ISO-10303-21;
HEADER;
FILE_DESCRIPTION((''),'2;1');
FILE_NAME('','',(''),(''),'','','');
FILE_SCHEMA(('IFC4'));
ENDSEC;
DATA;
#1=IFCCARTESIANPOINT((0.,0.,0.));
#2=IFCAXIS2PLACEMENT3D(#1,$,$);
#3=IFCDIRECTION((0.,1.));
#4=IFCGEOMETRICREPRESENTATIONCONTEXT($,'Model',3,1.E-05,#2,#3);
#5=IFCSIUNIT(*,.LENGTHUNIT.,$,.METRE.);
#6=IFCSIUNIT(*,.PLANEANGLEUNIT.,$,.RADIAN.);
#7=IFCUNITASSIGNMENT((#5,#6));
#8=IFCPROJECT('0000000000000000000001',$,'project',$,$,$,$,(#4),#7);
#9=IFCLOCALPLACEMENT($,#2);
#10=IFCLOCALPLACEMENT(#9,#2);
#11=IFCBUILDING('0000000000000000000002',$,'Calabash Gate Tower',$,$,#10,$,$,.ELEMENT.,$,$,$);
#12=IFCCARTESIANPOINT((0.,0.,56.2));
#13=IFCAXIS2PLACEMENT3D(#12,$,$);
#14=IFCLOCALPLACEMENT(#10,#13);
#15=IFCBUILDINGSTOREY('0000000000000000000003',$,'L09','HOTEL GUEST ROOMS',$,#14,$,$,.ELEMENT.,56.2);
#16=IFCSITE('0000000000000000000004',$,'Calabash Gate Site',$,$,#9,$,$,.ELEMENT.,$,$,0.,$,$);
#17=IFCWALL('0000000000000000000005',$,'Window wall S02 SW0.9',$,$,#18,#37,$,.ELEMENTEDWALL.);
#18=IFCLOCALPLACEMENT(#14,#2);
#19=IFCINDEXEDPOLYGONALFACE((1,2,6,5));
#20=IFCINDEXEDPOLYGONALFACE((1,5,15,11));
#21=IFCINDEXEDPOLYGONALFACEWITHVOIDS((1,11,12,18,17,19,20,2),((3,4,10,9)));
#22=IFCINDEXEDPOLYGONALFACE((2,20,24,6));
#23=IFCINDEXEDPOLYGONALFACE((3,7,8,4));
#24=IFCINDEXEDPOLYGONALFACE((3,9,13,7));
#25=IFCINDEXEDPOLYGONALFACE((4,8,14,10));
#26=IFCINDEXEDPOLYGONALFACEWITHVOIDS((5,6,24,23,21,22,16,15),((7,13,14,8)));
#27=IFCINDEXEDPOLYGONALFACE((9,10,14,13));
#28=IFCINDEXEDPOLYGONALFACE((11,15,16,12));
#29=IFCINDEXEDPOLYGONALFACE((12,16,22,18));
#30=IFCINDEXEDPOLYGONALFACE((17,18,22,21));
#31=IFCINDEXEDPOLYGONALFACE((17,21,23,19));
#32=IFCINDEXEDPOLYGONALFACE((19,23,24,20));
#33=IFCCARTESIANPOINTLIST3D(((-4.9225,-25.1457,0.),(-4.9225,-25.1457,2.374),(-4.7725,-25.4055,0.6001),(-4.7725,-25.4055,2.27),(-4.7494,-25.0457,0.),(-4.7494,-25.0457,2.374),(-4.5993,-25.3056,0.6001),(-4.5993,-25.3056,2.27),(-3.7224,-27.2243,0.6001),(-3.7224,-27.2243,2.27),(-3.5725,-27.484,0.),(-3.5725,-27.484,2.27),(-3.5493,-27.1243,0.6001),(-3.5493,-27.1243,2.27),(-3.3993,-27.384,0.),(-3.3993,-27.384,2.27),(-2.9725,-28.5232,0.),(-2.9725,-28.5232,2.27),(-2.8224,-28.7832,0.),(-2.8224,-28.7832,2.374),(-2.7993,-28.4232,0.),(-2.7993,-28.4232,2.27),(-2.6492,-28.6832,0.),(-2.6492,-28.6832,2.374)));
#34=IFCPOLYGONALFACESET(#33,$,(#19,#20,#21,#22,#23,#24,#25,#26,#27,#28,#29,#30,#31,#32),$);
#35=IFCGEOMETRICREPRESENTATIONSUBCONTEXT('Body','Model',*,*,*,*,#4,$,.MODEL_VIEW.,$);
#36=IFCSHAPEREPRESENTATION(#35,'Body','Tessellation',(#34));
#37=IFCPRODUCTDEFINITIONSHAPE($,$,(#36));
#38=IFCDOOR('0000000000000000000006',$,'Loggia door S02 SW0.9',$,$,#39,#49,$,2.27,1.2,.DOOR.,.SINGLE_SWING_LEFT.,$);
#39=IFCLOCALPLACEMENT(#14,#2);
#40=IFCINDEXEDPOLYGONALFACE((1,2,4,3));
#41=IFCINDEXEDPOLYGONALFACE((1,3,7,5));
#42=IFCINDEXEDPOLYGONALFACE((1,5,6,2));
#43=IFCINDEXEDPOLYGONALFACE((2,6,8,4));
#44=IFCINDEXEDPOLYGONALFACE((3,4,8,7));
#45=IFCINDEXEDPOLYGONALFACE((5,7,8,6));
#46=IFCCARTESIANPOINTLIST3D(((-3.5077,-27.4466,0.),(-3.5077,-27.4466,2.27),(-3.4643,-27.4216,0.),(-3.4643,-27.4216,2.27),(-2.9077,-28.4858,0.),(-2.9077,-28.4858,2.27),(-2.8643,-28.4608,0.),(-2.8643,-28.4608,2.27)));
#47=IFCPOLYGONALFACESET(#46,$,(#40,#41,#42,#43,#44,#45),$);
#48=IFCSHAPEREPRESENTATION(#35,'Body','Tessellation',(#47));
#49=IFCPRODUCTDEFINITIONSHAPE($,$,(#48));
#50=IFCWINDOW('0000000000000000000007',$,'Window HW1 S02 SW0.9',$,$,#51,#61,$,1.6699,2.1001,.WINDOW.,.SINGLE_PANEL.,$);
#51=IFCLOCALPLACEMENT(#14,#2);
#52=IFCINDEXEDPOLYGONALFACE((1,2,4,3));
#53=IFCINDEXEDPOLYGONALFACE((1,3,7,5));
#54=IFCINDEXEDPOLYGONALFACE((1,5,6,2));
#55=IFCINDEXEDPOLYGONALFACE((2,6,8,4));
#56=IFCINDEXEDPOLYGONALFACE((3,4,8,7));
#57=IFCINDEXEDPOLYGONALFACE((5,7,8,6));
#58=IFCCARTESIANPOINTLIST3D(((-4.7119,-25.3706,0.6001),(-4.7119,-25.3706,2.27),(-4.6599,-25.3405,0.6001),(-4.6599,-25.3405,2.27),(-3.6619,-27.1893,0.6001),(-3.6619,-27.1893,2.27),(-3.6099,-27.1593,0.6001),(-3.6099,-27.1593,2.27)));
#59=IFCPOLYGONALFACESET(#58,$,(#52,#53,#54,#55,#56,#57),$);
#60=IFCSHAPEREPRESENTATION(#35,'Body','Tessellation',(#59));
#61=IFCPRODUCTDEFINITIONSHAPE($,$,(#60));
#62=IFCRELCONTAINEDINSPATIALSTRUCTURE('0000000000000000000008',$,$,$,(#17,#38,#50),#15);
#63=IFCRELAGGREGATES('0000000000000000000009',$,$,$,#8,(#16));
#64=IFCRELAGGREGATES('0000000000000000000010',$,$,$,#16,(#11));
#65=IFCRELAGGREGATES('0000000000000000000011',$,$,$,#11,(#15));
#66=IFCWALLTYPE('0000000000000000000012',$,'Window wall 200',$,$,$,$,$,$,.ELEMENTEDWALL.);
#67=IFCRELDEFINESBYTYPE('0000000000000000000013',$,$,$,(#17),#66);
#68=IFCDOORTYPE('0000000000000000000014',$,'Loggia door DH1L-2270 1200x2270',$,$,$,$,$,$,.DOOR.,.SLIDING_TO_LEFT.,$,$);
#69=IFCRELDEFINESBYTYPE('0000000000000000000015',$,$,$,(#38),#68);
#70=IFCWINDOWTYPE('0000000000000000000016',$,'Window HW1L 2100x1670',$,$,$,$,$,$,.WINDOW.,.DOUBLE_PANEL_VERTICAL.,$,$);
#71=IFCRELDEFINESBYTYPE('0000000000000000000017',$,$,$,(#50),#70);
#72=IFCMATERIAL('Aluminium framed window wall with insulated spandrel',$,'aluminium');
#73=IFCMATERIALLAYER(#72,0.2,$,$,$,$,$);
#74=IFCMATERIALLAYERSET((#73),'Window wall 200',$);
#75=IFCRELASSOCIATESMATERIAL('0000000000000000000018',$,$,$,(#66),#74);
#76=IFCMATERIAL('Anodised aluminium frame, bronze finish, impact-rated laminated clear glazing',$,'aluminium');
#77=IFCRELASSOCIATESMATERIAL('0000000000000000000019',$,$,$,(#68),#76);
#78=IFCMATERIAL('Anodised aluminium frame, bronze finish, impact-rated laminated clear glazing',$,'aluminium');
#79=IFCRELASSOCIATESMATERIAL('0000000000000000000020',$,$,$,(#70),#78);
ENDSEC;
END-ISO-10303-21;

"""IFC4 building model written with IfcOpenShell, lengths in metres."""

from ifc_helpers import new_model, si_unit, direction, frame, frame_2d, origin, place, context, subcontext, project, spatial, rectangle, extrude, material, layer, layer_set, type_object, element, fill, save


model = new_model("IFC4")

# Units and contexts
model_context = context("Model", 3, precision=1e-05, world=origin(), true_north=direction((0.0, 1.0)))
body_context = subcontext(model_context, "Body", "Model", "MODEL_VIEW")
ifc_project = project(units=[si_unit("LENGTHUNIT", "METRE"), si_unit("PLANEANGLEUNIT", "RADIAN")], contexts=[model_context])

# Site, building, storey
site_placement = place(None, origin())
site = spatial("IfcSite", under=ifc_project, at=site_placement, Name="Calabash Gate Site", CompositionType="ELEMENT", RefElevation=0.0)
building_placement = place(site_placement, origin())
building = spatial("IfcBuilding", under=site, at=building_placement, Name="Calabash Gate Tower", CompositionType="ELEMENT")
storey_placement = place(building_placement, frame((0.0, 0.0, 56.2)))
storey = spatial("IfcBuildingStorey", under=building, at=storey_placement, Name="L09", Description="HOTEL GUEST ROOMS", CompositionType="ELEMENT", Elevation=56.2)

# Shared definitions
ifc_material_1 = material(Name="Aluminium framed window wall with insulated spandrel", Category="aluminium")
ifc_layer_1 = layer(ifc_material_1, 0.2)
ifc_layer_set_1 = layer_set([ifc_layer_1], Name="Window wall 200")
wall_type_1 = type_object("IfcWallType", Name="Window wall 200", PredefinedType="ELEMENTEDWALL", material=ifc_layer_set_1)

# Wall, openings, door, window
wall_1_placement = place(storey_placement, frame((-4.8359, -25.0957, 0.0), z_axis=(0.0, 0.0, 1.0), x_axis=(0.500003, -0.866024, 0.0)))
wall_1 = element("IfcWall", 1, at=wall_1_placement, inside=storey, type_object=wall_type_1, Name="Window wall S02 SW0.9", PredefinedType="ELEMENTEDWALL", context=body_context, shape_type="SweptSolid", body=[
    extrude(rectangle(XDim=4.2002, YDim=0.2, at=frame_2d((2.1001, 0.0))), origin(), (0.0, 0.0, 1.0), 2.374),
])
opening_1_placement = place(wall_1_placement, frame((0.3, 0.0, 0.6001)))
opening_1 = element("IfcOpeningElement", 2, at=opening_1_placement, cuts=wall_1, PredefinedType="OPENING", context=body_context, shape_type="SweptSolid", body=[
    extrude(rectangle(XDim=2.1001, YDim=1.6699, at=frame_2d((1.05, 0.835))), frame((0.0, 0.1099, 0.0), z_axis=(0.0, -1.0, 0.0), x_axis=(1.0, 0.0, 0.0)), (0.0, 0.0, 1.0), 0.22),
])
opening_2_placement = place(wall_1_placement, frame((2.7, 0.0, 0.0)))
opening_2 = element("IfcOpeningElement", 3, at=opening_2_placement, cuts=wall_1, PredefinedType="OPENING", context=body_context, shape_type="SweptSolid", body=[
    extrude(rectangle(XDim=1.2, YDim=2.27, at=frame_2d((0.6001, 1.135))), frame((0.0, 0.1099, 0.0), z_axis=(0.0, -1.0, 0.0), x_axis=(1.0, 0.0, 0.0)), (0.0, 0.0, 1.0), 0.22),
])
ifc_material_2 = material(Name="Anodised aluminium frame, bronze finish, impact-rated laminated clear glazing", Category="aluminium")
door_type = type_object("IfcDoorType", Name="Loggia door DH1L-2270 1200x2270", OperationType="SLIDING_TO_LEFT", PredefinedType="DOOR", material=ifc_material_2)
door_placement = place(opening_2_placement, origin())
door = element("IfcDoor", 4, at=door_placement, inside=storey, type_object=door_type, Name="Loggia door S02 SW0.9", OperationType="SINGLE_SWING_LEFT", OverallHeight=2.27, OverallWidth=1.2, PredefinedType="DOOR", context=body_context, shape_type="SweptSolid", body=[
    extrude(rectangle(XDim=1.2, YDim=2.27, at=frame_2d((0.6001, 1.135))), frame((0.0, 0.0249, 0.0), z_axis=(0.0, -1.0, 0.0), x_axis=(1.0, 0.0, 0.0)), (0.0, 0.0, 1.0), 0.05),
])
fill(opening_2, door)
ifc_material_3 = material(Name="Anodised aluminium frame, bronze finish, impact-rated laminated clear glazing", Category="aluminium")
window_type = type_object("IfcWindowType", Name="Window HW1L 2100x1670", PartitioningType="DOUBLE_PANEL_VERTICAL", PredefinedType="WINDOW", material=ifc_material_3)
window_placement = place(opening_1_placement, origin())
window = element("IfcWindow", 5, at=window_placement, inside=storey, type_object=window_type, Name="Window HW1 S02 SW0.9", OverallHeight=1.6699, OverallWidth=2.1001, PartitioningType="SINGLE_PANEL", PredefinedType="WINDOW", context=body_context, shape_type="SweptSolid", body=[
    extrude(rectangle(XDim=2.1001, YDim=1.6699, at=frame_2d((1.05, 0.835))), frame((0.0, 0.03, 0.0), z_axis=(0.0, -1.0, 0.0), x_axis=(1.0, 0.0, 0.0)), (0.0, 0.0, 1.0), 0.0601),
])
fill(opening_1, window)

save(model, "model.ifc")
